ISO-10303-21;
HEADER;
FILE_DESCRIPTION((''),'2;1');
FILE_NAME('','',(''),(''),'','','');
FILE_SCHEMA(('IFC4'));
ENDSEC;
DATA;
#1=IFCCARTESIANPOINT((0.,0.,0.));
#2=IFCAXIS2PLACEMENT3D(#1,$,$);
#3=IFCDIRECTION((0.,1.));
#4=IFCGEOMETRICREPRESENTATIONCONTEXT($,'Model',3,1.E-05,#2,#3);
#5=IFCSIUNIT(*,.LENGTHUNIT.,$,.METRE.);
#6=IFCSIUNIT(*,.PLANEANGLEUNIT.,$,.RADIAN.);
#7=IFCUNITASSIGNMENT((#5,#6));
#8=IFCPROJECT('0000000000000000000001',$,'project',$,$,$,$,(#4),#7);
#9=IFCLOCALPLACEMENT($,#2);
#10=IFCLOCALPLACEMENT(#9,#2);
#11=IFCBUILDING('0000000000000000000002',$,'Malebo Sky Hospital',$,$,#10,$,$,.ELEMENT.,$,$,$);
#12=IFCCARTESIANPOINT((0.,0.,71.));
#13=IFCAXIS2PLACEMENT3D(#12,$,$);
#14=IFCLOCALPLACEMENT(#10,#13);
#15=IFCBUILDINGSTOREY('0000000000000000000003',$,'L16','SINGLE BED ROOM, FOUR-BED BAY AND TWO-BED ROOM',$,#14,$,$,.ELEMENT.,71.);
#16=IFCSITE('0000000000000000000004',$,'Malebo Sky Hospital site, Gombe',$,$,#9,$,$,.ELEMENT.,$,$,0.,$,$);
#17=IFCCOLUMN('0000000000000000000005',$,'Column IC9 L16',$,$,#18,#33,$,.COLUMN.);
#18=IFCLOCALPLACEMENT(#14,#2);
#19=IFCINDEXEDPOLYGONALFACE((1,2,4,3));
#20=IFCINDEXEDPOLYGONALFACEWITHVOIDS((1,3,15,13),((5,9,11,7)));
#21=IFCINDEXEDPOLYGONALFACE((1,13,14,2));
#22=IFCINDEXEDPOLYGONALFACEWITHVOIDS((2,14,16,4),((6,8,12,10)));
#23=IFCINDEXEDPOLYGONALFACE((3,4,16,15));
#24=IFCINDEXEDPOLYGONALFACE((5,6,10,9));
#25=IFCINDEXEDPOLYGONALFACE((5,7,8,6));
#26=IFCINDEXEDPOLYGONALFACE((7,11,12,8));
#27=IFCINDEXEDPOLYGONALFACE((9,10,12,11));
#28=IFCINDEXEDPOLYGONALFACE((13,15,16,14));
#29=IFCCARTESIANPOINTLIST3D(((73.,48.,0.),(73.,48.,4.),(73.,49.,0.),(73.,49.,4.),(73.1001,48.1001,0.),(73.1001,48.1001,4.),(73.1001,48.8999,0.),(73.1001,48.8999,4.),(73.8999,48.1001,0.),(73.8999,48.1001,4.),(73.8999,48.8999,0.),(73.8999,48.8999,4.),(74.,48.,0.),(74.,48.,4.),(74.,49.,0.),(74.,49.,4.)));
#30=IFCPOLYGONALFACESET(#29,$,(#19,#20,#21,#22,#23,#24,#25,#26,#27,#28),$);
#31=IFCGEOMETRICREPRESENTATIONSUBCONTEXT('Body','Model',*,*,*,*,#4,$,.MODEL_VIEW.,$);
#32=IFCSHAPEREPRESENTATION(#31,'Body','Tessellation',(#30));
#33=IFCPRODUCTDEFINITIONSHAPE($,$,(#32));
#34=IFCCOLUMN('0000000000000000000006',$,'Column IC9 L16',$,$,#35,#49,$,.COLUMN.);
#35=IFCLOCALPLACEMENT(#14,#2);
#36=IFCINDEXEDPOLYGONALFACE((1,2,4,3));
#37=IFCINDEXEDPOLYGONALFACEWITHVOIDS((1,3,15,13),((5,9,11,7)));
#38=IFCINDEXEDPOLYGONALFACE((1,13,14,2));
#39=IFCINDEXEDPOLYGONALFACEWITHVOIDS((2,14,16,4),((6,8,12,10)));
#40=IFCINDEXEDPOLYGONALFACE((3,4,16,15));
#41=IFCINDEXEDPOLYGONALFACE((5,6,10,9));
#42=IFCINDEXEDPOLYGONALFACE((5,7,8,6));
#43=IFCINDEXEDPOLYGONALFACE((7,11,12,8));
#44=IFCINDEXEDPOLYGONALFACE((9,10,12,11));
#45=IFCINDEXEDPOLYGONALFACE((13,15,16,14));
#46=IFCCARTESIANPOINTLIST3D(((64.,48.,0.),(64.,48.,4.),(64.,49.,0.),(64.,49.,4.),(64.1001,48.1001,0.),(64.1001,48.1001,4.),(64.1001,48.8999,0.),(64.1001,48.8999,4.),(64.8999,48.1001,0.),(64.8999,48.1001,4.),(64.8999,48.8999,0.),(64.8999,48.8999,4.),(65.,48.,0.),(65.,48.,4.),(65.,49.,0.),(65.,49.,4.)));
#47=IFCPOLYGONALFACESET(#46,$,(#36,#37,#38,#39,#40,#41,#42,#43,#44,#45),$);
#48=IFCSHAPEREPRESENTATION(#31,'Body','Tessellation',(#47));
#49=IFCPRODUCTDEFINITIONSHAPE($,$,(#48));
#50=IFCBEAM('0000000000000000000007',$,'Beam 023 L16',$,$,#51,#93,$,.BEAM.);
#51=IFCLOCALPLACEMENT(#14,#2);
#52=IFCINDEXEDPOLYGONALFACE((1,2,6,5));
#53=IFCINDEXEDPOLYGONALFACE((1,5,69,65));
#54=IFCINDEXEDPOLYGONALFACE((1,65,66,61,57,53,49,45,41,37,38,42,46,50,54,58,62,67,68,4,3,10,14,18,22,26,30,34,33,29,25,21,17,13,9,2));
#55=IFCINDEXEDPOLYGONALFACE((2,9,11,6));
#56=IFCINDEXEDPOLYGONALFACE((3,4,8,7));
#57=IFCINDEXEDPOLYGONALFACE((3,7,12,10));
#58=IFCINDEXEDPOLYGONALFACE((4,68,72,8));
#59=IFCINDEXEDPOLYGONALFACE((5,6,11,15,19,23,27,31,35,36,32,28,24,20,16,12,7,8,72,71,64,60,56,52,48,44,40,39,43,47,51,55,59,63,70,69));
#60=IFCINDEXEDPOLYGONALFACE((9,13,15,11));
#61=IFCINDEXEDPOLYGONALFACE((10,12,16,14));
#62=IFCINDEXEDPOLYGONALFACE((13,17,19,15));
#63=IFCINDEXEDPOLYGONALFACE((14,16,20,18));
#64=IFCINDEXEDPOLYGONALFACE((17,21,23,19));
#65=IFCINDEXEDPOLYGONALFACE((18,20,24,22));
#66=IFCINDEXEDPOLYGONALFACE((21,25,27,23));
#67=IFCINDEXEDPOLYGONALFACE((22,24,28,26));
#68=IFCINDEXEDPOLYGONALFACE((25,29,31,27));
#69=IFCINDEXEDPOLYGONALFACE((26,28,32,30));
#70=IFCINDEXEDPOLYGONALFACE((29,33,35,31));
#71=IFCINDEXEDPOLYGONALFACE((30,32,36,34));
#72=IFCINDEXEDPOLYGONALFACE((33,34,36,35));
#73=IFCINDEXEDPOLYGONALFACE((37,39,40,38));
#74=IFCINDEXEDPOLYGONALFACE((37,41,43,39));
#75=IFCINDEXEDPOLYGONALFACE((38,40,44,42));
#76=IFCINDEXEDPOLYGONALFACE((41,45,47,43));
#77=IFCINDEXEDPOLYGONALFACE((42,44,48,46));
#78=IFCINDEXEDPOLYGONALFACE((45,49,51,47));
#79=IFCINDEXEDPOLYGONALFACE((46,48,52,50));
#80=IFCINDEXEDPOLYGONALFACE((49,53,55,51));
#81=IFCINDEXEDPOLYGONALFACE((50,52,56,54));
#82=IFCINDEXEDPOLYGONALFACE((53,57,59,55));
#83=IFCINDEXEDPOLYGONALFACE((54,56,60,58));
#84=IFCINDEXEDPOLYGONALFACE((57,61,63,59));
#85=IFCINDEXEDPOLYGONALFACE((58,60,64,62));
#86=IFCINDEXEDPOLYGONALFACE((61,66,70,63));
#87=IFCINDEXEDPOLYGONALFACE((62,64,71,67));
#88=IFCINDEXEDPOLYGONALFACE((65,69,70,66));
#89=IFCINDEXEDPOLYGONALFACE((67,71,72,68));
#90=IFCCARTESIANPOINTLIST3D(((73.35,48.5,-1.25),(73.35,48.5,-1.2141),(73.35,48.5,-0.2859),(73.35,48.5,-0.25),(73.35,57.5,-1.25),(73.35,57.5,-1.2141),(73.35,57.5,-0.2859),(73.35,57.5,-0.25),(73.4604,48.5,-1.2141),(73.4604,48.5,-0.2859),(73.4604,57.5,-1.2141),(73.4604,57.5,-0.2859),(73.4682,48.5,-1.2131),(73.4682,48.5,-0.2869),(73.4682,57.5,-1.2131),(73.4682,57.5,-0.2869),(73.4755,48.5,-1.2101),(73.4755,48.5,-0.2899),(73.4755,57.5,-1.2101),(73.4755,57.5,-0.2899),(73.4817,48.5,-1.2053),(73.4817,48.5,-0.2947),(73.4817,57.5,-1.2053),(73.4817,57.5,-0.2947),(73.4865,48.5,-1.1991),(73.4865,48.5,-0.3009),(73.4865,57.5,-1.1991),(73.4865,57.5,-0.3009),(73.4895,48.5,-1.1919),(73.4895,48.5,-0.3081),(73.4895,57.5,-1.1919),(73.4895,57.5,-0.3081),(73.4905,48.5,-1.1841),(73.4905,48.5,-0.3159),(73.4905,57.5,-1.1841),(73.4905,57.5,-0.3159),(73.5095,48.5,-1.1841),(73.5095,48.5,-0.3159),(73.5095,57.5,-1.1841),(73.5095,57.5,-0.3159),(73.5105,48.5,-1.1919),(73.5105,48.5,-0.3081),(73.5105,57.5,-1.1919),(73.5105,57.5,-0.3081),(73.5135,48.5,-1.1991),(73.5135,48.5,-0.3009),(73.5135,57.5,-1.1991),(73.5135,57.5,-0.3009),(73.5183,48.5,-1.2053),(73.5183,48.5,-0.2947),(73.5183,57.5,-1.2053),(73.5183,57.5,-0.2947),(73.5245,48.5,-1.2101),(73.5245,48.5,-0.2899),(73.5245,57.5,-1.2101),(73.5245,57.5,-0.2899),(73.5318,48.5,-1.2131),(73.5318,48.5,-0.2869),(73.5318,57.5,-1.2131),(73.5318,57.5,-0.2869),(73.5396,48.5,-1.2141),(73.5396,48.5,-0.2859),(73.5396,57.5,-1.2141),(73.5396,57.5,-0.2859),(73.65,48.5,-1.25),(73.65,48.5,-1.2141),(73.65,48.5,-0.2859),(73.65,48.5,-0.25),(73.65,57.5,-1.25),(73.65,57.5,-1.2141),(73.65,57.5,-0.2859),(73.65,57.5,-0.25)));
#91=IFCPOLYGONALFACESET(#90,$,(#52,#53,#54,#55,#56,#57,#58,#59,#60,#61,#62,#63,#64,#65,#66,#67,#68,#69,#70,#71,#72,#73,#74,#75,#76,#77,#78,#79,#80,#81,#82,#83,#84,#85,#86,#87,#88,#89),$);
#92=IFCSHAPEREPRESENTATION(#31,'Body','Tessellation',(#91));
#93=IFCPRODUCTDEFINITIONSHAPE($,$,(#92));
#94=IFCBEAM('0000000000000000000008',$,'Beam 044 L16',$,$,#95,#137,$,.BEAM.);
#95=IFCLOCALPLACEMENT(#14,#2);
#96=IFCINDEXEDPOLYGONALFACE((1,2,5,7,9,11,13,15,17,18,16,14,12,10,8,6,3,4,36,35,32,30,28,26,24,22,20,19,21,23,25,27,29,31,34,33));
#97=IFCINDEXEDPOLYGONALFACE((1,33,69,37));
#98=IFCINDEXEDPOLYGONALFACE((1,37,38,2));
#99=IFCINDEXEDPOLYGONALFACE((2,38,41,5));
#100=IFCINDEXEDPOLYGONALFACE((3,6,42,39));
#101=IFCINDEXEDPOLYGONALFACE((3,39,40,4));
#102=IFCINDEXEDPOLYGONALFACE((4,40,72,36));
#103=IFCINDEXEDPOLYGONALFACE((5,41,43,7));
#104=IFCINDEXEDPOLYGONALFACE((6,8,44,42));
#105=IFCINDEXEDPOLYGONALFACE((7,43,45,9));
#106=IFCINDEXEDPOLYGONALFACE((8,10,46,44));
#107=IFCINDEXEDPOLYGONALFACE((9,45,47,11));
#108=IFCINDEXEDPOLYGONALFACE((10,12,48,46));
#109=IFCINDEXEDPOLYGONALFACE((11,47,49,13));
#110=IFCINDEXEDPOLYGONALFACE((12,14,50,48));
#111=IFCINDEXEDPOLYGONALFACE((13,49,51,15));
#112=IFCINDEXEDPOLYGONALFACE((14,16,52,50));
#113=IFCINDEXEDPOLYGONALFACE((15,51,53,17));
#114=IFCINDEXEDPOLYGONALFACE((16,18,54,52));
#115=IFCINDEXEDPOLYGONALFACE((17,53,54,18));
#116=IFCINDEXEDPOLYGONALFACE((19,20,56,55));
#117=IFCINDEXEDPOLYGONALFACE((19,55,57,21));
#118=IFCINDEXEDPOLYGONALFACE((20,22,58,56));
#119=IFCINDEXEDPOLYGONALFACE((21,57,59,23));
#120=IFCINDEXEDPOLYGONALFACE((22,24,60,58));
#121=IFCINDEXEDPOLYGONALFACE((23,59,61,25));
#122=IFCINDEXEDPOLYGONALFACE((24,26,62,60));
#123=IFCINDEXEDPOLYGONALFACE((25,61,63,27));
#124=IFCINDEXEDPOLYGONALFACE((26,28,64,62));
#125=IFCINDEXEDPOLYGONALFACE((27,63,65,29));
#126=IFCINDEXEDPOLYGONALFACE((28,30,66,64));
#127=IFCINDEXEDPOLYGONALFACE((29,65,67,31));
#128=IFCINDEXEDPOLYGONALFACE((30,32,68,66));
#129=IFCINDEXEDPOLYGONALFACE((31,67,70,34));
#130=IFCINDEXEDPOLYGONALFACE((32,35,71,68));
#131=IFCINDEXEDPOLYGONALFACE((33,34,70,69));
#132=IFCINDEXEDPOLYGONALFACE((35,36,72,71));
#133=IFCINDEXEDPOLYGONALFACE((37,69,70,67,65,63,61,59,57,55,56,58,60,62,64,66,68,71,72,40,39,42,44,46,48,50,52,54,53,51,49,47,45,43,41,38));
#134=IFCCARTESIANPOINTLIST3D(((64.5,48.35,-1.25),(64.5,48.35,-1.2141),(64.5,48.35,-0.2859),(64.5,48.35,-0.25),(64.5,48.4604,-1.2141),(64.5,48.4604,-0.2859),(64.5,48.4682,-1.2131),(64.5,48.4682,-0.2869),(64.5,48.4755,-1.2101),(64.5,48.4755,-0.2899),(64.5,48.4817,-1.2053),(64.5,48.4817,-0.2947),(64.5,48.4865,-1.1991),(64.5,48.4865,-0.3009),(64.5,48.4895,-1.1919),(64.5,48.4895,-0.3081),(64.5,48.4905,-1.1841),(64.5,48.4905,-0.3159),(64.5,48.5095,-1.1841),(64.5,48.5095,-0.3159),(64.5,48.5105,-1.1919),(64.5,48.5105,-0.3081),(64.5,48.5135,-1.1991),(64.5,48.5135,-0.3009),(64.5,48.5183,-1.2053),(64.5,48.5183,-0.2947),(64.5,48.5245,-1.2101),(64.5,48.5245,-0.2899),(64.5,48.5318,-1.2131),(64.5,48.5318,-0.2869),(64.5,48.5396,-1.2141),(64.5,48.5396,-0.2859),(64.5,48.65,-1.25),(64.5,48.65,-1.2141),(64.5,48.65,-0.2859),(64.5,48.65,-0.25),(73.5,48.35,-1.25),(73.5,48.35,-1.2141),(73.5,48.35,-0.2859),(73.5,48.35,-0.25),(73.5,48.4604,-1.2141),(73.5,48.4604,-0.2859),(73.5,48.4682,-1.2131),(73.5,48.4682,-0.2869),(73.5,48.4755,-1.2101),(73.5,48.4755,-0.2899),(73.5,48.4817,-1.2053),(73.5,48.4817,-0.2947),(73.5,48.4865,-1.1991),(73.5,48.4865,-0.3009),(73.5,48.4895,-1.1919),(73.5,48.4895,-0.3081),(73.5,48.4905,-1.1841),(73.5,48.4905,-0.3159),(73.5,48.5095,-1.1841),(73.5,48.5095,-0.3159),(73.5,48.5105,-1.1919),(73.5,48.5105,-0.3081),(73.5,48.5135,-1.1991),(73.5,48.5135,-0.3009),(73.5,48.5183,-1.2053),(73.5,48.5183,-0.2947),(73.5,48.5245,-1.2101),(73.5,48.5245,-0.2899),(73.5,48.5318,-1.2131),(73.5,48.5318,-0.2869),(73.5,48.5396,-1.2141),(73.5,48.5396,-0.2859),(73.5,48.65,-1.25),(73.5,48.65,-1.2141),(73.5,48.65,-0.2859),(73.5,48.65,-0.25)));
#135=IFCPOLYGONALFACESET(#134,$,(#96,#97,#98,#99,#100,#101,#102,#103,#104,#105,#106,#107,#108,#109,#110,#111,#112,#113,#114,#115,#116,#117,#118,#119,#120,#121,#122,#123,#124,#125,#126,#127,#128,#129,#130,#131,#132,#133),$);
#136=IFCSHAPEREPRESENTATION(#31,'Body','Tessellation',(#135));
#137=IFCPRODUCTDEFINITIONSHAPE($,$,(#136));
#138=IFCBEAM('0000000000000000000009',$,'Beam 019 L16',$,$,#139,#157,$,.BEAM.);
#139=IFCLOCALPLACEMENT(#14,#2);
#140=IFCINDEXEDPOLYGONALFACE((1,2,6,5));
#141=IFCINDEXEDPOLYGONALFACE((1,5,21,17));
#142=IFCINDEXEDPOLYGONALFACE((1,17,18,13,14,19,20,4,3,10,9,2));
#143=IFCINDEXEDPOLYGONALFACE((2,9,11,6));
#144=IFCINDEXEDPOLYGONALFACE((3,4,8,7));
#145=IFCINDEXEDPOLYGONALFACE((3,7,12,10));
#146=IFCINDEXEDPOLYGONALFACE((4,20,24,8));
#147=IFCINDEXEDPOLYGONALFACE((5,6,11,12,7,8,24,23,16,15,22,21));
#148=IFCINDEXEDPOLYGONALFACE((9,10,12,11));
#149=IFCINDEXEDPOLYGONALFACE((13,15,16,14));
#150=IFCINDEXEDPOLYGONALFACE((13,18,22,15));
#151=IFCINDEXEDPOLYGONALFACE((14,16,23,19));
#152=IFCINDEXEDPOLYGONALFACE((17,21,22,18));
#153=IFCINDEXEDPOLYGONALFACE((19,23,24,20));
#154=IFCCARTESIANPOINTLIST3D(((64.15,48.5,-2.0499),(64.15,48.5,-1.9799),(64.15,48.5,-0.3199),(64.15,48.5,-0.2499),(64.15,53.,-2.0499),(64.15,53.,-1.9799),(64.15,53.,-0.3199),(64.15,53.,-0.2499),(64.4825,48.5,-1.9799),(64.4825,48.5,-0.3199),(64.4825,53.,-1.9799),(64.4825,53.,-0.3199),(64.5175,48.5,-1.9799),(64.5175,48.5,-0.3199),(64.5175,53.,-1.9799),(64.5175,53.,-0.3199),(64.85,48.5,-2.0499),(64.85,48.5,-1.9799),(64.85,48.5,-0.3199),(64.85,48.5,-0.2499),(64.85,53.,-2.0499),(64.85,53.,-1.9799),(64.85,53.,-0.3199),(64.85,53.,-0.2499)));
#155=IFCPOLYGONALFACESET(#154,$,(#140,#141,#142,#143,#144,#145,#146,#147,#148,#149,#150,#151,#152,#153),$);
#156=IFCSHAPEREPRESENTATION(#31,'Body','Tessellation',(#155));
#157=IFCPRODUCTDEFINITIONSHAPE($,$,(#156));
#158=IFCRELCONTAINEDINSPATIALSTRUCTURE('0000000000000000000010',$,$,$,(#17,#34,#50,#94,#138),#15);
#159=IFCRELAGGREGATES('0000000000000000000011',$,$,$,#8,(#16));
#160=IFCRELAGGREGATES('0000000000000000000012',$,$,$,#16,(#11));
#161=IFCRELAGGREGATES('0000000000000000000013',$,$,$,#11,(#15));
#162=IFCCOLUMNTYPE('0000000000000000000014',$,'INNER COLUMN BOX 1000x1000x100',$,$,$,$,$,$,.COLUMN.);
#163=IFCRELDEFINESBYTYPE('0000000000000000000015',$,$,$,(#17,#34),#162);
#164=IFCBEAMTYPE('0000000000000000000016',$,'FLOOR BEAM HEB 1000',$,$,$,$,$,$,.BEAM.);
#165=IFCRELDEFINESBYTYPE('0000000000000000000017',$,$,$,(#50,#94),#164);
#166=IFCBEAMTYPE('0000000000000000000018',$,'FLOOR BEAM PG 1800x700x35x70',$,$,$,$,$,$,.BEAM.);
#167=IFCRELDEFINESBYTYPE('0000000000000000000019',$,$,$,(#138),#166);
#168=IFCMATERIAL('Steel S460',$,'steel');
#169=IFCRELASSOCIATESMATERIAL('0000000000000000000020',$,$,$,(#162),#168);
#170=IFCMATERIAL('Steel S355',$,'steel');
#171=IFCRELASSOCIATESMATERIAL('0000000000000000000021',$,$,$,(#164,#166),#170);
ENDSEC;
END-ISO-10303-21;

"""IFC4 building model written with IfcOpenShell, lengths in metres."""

from ifc_helpers import new_model, si_unit, direction, frame, origin, origin_2d, place, context, subcontext, project, spatial, hollow_rectangle, i_section, extrude, material, material_profile, profile_set, type_object, element, save


model = new_model("IFC4")

# Units and contexts
model_context = context("Model", 3, precision=1e-05, world=origin(), true_north=direction((0.0, 1.0)))
body_context = subcontext(model_context, "Body", "Model", "MODEL_VIEW")
ifc_project = project(units=[si_unit("LENGTHUNIT", "METRE"), si_unit("PLANEANGLEUNIT", "RADIAN")], contexts=[model_context])

# Site, building, storey
site_placement = place(None, origin())
site = spatial("IfcSite", under=ifc_project, at=site_placement, Name="Malebo Sky Hospital site, Gombe", CompositionType="ELEMENT", RefElevation=0.0)
building_placement = place(site_placement, origin())
building = spatial("IfcBuilding", under=site, at=building_placement, Name="Malebo Sky Hospital", CompositionType="ELEMENT")
storey_placement = place(building_placement, frame((0.0, 0.0, 71.0)))
storey = spatial("IfcBuildingStorey", under=building, at=storey_placement, Name="L16", Description="SINGLE BED ROOM, FOUR-BED BAY AND TWO-BED ROOM", CompositionType="ELEMENT", Elevation=71.0)

# Columns
ifc_material_1 = material(Name="Steel S460", Category="steel")
ifc_material_profile_1 = material_profile(ifc_material_1, hollow_rectangle(XDim=1.0, YDim=1.0, WallThickness=0.1001, at=origin_2d()), Name="BOX 1000x1000x100")
ifc_profile_set_1 = profile_set([ifc_material_profile_1], Name="Steel S460")
column_type = type_object("IfcColumnType", Name="INNER COLUMN BOX 1000x1000x100", PredefinedType="COLUMN", material=ifc_profile_set_1)
for number, where, z_axis, x_axis, name in (
    (1, (73.5, 48.5, 0.0), (0.0, 0.0, 1.0), (1.0, 0.0, 0.0), "Column IC9 L16"),
    (2, (64.5, 48.5, 0.0), (0.0, 0.0, 1.0), (1.0, 0.0, 0.0), "Column IC9 L16"),
):
    element("IfcColumn", number, at=place(storey_placement, frame(where, z_axis=z_axis, x_axis=x_axis)), inside=storey, type_object=column_type, Name=name, PredefinedType="COLUMN", context=body_context, shape_type="SweptSolid", body=[
        extrude(hollow_rectangle(XDim=1.0, YDim=1.0, WallThickness=0.1001, at=origin_2d()), origin(), (0.0, 0.0, 1.0), 4.0),
    ])

# Beams
ifc_material_2 = material(Name="Steel S355", Category="steel")
ifc_material_profile_2 = material_profile(ifc_material_2, i_section(OverallWidth=0.3, OverallDepth=1.0, WebThickness=0.019, FlangeThickness=0.0359, FilletRadius=0.03, at=origin_2d()), Name="HEB 1000")
ifc_profile_set_2 = profile_set([ifc_material_profile_2], Name="Steel S355")
beam_type_1 = type_object("IfcBeamType", Name="FLOOR BEAM HEB 1000", PredefinedType="BEAM", material=ifc_profile_set_2)
for number, where, z_axis, x_axis, name in (
    (3, (73.5, 48.5, -0.75), (0.0, 1.0, 0.0), (-1.0, 0.0, 0.0), "Beam 023 L16"),
    (4, (64.5, 48.5, -0.75), (1.0, 0.0, 0.0), (0.0, 1.0, 0.0), "Beam 044 L16"),
):
    element("IfcBeam", number, at=place(storey_placement, frame(where, z_axis=z_axis, x_axis=x_axis)), inside=storey, type_object=beam_type_1, Name=name, PredefinedType="BEAM", context=body_context, shape_type="SweptSolid", body=[
        extrude(i_section(OverallWidth=0.3, OverallDepth=1.0, WebThickness=0.019, FlangeThickness=0.0359, FilletRadius=0.03, at=origin_2d()), origin(), (0.0, 0.0, 1.0), 9.0),
    ])
ifc_material_profile_3 = material_profile(ifc_material_2, i_section(OverallWidth=0.7, OverallDepth=1.8, WebThickness=0.0349, FlangeThickness=0.0701, at=origin_2d()), Name="PG 1800x700x35x70")
ifc_profile_set_3 = profile_set([ifc_material_profile_3], Name="Steel S355")
beam_type_2 = type_object("IfcBeamType", Name="FLOOR BEAM PG 1800x700x35x70", PredefinedType="BEAM", material=ifc_profile_set_3)
beam_placement = place(storey_placement, frame((64.5, 48.5, -1.1499), z_axis=(0.0, 1.0, 0.0), x_axis=(-1.0, 0.0, 0.0)))
element("IfcBeam", 5, at=beam_placement, inside=storey, type_object=beam_type_2, Name="Beam 019 L16", PredefinedType="BEAM", context=body_context, shape_type="SweptSolid", body=[
    extrude(i_section(OverallWidth=0.7, OverallDepth=1.8, WebThickness=0.0349, FlangeThickness=0.0701, at=origin_2d()), origin(), (0.0, 0.0, 1.0), 4.5),
])

save(model, "model.ifc")
